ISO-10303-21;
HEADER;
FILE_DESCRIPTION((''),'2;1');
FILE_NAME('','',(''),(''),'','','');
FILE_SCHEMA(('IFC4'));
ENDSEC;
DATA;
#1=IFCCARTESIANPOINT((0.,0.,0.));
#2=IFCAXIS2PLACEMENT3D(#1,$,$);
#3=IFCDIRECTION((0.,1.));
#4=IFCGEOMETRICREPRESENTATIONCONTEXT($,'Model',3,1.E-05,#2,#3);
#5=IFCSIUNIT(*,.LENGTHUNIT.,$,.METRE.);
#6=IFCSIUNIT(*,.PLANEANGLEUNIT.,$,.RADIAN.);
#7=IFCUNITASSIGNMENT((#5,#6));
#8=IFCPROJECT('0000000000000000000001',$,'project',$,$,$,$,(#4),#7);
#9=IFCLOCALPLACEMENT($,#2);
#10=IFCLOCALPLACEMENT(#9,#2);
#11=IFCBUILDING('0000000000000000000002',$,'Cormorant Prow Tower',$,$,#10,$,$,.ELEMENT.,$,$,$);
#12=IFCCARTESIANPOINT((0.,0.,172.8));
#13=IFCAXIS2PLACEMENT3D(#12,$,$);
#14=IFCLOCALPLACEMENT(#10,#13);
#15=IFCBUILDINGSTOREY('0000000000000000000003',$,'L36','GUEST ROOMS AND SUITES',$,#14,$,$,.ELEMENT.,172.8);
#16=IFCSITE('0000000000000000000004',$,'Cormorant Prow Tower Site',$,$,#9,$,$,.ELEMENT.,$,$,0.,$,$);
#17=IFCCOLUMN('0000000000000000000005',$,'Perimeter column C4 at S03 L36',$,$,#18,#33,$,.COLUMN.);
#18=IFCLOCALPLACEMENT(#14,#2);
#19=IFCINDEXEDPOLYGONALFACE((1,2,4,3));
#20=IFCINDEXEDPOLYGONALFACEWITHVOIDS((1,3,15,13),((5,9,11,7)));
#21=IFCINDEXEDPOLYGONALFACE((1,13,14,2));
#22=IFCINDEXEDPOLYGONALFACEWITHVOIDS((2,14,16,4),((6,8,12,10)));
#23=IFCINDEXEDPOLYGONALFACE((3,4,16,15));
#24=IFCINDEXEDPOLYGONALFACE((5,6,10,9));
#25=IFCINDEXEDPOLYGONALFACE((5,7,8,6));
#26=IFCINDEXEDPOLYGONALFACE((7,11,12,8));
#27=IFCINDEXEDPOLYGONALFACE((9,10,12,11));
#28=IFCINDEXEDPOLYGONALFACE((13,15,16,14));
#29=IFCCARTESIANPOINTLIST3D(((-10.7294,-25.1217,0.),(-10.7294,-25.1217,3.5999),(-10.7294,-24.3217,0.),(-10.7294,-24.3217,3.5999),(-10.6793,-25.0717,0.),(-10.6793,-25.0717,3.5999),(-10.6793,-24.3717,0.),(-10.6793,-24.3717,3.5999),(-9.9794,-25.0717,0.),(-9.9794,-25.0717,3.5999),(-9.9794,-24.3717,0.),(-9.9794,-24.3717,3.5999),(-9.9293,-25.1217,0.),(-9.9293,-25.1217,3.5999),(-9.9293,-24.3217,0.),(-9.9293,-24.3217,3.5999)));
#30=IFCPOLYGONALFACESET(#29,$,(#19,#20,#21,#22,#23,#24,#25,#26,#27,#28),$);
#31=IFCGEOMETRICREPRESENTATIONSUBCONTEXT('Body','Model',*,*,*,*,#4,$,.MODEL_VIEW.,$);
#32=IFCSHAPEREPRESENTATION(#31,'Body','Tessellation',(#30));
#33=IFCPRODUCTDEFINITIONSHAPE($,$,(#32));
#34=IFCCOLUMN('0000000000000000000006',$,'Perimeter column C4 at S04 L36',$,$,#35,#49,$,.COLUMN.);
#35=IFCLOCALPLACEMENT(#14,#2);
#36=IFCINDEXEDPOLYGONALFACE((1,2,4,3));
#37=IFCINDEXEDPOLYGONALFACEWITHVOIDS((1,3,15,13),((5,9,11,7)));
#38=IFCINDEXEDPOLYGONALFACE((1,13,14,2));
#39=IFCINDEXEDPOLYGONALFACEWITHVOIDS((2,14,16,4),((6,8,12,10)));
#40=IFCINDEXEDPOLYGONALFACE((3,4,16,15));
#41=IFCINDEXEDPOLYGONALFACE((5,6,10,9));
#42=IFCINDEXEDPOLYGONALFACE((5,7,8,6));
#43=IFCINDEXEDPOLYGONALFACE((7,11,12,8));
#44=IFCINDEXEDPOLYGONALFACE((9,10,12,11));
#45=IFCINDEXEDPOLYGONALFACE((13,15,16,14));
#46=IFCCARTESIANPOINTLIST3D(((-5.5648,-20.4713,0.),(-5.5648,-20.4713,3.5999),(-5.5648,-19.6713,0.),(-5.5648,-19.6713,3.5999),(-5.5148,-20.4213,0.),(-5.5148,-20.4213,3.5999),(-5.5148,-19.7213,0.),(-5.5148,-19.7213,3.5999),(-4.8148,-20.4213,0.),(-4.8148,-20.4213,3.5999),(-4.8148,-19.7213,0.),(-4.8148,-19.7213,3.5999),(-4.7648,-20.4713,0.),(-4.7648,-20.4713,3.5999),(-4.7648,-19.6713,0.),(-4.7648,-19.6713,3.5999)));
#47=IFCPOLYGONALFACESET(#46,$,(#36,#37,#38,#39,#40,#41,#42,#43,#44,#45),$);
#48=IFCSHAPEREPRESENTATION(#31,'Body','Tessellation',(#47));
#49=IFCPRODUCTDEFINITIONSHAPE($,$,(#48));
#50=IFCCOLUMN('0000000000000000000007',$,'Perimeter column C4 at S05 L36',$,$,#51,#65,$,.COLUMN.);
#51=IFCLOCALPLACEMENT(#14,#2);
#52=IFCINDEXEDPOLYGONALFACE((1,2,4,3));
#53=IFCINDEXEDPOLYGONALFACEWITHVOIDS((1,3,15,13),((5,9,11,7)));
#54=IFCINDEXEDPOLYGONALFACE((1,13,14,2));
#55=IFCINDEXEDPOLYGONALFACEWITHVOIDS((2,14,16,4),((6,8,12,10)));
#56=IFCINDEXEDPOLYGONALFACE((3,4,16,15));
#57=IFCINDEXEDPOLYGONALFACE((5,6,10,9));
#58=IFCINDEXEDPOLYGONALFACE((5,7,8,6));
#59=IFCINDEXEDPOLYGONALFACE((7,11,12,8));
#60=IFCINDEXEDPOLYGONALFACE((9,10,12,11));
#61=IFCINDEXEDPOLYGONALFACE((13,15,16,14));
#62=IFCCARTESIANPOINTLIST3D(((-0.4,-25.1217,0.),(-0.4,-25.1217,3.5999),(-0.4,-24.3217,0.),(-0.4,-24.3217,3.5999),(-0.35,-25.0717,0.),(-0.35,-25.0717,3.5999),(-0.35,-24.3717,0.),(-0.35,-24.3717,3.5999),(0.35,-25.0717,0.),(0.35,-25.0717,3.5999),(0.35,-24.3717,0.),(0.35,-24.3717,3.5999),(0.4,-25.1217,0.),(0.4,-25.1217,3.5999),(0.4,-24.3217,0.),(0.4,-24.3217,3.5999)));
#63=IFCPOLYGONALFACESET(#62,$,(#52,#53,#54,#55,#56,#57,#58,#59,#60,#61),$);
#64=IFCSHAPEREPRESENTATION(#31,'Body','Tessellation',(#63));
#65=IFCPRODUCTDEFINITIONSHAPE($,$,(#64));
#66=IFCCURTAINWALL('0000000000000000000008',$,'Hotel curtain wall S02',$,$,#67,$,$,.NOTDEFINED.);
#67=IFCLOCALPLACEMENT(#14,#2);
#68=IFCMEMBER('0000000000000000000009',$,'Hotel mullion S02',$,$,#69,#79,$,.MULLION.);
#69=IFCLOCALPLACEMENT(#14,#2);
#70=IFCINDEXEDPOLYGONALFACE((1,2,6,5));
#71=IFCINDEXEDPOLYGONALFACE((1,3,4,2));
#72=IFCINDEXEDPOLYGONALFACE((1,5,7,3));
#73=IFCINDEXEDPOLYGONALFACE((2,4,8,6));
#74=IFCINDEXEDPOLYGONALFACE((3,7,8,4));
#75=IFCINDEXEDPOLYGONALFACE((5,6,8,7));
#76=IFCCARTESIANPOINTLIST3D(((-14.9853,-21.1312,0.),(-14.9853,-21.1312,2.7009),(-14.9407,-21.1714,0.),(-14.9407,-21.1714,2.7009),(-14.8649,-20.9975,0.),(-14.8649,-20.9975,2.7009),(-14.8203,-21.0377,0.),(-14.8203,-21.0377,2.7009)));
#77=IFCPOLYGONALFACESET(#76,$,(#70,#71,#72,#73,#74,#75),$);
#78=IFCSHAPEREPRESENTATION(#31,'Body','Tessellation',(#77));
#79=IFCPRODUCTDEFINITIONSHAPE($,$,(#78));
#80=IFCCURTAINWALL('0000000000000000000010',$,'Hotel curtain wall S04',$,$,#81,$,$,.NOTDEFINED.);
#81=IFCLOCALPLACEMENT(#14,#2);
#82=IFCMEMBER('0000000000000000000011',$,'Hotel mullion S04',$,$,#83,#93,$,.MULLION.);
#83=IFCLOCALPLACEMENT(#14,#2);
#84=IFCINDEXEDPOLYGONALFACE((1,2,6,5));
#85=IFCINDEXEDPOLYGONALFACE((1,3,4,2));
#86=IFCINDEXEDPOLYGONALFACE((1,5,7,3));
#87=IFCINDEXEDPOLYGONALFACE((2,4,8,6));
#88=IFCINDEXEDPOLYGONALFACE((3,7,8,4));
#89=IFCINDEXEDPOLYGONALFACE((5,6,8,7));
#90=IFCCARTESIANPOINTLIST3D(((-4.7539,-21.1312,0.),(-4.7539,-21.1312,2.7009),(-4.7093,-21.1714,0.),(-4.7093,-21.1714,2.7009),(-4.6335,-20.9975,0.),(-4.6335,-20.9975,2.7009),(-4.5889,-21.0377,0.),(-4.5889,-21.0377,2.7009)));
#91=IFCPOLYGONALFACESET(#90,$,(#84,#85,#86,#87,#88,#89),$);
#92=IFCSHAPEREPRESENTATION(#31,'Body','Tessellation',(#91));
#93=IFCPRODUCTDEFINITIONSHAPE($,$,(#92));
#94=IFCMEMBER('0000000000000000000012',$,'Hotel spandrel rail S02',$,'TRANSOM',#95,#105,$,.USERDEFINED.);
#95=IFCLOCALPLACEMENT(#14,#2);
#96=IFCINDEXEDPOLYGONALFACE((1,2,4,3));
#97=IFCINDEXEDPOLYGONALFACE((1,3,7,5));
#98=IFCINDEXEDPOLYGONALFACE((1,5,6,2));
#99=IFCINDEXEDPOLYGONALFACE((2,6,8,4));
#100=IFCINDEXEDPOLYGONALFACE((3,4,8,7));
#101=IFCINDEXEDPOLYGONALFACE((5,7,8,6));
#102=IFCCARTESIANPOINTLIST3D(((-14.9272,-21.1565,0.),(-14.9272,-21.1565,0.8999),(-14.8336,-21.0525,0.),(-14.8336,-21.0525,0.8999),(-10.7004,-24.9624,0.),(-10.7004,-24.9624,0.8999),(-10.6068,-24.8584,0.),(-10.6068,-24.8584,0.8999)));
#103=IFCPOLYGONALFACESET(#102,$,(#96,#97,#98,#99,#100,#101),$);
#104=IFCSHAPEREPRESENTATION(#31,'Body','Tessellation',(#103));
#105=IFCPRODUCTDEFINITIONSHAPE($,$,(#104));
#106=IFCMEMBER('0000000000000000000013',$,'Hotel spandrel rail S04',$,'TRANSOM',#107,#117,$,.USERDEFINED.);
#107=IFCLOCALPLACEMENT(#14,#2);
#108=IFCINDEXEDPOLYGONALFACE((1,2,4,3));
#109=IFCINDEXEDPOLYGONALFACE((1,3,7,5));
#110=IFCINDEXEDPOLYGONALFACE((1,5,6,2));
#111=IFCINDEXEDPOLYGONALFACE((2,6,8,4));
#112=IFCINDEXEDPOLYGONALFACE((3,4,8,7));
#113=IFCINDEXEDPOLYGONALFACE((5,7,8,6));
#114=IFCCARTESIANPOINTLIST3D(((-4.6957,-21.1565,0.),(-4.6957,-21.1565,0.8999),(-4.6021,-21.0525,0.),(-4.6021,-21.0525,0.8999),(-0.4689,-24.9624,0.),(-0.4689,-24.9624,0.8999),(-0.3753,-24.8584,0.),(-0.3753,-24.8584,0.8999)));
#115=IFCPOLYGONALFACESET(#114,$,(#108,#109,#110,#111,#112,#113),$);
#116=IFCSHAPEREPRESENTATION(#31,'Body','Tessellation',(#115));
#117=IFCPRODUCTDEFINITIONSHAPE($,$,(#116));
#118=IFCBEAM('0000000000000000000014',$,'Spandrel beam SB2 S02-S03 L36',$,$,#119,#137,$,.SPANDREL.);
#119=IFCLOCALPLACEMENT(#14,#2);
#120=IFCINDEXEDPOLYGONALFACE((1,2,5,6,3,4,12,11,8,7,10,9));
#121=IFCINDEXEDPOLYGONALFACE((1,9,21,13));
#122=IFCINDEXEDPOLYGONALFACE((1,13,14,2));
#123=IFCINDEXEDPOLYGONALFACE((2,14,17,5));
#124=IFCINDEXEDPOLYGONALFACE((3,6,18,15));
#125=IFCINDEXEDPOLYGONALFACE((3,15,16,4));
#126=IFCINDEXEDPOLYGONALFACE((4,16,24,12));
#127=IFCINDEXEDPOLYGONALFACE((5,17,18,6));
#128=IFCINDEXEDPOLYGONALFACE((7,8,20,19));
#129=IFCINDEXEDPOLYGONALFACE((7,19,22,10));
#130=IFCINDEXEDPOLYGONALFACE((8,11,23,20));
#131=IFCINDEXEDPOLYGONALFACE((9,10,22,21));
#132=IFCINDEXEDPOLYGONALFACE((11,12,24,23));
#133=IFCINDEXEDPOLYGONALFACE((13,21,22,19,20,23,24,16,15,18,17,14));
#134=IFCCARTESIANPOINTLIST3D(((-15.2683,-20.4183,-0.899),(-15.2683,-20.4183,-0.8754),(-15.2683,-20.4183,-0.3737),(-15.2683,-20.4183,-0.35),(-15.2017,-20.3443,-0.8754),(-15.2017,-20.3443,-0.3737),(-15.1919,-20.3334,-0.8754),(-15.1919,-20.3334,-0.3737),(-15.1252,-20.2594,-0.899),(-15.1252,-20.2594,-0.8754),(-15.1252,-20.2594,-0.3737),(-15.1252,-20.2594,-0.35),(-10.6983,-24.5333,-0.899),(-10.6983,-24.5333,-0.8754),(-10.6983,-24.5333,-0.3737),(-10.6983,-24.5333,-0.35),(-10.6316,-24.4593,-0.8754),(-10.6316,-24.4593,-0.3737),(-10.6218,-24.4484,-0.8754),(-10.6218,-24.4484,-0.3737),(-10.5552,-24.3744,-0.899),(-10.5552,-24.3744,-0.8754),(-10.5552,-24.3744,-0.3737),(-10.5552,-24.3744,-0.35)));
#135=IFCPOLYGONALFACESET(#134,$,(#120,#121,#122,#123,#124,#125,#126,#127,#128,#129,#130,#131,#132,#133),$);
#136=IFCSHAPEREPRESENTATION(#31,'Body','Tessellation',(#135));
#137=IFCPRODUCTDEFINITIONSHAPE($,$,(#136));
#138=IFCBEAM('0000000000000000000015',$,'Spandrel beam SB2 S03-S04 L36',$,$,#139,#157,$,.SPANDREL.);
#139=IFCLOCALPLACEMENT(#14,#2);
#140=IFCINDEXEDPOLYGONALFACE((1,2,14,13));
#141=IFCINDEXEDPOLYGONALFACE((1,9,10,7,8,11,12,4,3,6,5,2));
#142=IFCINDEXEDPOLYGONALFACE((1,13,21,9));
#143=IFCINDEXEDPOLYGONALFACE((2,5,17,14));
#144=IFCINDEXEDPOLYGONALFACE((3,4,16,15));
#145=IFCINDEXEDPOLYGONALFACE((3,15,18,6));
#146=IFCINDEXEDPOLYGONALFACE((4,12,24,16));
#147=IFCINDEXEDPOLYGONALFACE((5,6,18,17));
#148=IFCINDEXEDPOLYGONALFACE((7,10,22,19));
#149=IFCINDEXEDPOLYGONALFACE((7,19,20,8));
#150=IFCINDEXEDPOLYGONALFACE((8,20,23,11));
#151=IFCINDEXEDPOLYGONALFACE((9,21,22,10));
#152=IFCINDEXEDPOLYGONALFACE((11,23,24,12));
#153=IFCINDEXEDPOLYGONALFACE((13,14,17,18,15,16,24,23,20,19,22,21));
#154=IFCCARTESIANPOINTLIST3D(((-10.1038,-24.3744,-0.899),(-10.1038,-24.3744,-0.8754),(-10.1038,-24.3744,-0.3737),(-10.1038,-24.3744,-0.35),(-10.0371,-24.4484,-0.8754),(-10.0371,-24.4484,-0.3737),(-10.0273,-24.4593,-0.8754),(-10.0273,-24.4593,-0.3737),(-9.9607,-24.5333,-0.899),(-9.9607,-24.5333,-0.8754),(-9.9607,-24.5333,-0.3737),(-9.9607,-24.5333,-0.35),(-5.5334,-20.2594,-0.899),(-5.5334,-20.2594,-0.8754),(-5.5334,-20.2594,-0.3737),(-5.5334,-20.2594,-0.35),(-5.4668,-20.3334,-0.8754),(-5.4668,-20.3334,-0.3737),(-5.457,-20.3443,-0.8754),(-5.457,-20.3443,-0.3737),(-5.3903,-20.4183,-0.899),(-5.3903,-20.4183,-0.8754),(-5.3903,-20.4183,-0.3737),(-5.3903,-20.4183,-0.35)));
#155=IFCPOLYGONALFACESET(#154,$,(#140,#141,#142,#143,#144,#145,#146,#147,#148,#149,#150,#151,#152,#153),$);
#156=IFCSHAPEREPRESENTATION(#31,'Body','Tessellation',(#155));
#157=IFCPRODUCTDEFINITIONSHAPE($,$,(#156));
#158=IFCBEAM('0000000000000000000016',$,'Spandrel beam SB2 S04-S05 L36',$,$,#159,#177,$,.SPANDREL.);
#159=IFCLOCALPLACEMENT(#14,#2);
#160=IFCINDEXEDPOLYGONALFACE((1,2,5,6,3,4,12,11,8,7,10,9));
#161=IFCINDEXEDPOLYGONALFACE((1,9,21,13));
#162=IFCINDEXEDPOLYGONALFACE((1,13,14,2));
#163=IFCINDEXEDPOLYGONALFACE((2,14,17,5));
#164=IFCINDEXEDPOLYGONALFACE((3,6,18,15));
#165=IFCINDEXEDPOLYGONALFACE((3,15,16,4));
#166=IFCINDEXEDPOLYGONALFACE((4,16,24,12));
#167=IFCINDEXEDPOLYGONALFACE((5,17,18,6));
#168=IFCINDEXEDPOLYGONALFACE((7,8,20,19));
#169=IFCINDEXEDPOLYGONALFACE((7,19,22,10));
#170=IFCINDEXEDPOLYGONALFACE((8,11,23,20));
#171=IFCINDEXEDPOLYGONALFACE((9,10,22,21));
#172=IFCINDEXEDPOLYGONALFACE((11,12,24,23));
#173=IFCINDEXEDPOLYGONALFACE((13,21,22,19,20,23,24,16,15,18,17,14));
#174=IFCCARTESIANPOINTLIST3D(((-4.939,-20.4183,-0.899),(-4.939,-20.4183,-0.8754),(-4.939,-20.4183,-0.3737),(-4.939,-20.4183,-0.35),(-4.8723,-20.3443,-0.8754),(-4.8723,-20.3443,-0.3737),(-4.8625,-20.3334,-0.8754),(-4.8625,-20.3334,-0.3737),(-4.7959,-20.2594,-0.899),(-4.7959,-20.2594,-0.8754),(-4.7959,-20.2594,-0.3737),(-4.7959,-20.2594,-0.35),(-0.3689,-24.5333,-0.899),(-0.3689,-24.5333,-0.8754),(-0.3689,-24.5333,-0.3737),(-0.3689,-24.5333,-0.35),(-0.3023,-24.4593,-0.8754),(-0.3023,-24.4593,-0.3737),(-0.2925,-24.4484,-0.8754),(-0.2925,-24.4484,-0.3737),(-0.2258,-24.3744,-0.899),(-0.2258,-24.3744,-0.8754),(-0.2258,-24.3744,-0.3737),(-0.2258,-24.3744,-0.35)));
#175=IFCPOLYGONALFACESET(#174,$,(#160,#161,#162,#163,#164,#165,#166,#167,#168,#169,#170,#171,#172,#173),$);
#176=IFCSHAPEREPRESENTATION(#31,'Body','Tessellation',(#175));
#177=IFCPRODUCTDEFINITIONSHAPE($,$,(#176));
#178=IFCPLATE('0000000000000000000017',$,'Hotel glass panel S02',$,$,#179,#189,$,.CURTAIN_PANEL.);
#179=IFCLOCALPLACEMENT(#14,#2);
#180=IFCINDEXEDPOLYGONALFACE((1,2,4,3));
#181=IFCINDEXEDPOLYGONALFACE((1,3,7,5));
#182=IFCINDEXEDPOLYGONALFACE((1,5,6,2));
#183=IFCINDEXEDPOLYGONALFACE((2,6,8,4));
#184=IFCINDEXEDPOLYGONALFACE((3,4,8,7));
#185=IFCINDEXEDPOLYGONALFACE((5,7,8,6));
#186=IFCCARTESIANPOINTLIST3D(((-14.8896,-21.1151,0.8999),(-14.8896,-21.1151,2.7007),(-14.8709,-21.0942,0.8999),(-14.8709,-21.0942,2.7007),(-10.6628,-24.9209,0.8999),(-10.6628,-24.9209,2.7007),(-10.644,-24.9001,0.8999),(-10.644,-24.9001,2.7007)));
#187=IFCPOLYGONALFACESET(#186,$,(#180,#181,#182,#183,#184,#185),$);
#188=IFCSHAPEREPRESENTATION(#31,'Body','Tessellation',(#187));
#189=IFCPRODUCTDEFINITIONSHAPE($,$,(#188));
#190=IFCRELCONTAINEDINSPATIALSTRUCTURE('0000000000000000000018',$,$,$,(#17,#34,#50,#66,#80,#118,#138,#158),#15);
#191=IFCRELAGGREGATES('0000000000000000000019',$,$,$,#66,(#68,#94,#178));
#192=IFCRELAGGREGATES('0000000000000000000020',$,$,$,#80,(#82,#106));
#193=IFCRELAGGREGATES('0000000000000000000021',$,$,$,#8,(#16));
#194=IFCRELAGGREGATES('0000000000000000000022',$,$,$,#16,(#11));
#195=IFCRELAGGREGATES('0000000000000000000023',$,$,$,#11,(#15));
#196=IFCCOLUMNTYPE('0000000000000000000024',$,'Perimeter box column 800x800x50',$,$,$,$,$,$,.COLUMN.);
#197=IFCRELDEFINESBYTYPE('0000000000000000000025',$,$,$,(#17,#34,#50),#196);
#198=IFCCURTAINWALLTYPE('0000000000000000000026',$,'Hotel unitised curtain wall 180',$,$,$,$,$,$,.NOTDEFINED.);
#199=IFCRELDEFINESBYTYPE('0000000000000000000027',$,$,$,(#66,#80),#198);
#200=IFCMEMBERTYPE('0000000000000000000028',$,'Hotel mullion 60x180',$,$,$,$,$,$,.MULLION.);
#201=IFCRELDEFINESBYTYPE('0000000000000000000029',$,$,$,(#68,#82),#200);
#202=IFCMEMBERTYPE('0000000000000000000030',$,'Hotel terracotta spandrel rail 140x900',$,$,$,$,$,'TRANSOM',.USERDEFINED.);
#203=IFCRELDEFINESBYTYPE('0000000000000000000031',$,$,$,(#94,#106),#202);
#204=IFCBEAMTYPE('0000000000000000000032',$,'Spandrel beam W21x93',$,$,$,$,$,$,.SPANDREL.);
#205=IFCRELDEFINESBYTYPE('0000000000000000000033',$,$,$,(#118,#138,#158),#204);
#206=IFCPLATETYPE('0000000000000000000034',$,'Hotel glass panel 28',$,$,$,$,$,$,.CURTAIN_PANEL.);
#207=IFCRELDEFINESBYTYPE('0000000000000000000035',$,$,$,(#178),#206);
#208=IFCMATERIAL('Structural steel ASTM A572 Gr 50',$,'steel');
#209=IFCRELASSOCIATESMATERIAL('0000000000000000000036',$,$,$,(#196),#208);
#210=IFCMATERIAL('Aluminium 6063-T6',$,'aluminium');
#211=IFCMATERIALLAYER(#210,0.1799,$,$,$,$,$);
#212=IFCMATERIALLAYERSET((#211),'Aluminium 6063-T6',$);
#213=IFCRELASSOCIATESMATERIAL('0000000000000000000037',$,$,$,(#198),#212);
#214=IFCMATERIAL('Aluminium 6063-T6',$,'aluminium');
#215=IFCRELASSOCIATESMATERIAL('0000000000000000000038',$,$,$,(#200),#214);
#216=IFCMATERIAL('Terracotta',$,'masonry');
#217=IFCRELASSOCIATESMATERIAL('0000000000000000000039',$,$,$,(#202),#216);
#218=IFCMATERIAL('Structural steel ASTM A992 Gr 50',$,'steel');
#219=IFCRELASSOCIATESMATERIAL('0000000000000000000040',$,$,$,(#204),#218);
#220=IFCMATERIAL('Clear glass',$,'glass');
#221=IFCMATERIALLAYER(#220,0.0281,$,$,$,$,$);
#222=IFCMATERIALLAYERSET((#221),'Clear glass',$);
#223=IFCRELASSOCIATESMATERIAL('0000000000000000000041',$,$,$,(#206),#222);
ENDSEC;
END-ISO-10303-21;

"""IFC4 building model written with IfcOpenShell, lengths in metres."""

from ifc_helpers import new_model, si_unit, direction, frame, origin, origin_2d, place, context, subcontext, project, spatial, rectangle, hollow_rectangle, i_section, extrude, material, layer, layer_set, material_profile, profile_set, type_object, element, aggregate, save


model = new_model("IFC4")

# Units and contexts
model_context = context("Model", 3, precision=1e-05, world=origin(), true_north=direction((0.0, 1.0)))
body_context = subcontext(model_context, "Body", "Model", "MODEL_VIEW")
ifc_project = project(units=[si_unit("LENGTHUNIT", "METRE"), si_unit("PLANEANGLEUNIT", "RADIAN")], contexts=[model_context])

# Site, building, storey
site_placement = place(None, origin())
site = spatial("IfcSite", under=ifc_project, at=site_placement, Name="Cormorant Prow Tower Site", CompositionType="ELEMENT", RefElevation=0.0)
building_placement = place(site_placement, origin())
building = spatial("IfcBuilding", under=site, at=building_placement, Name="Cormorant Prow Tower", CompositionType="ELEMENT")
storey_placement = place(building_placement, frame((0.0, 0.0, 172.8)))
storey = spatial("IfcBuildingStorey", under=building, at=storey_placement, Name="L36", Description="GUEST ROOMS AND SUITES", CompositionType="ELEMENT", Elevation=172.8)

# Columns
ifc_material_1 = material(Name="Structural steel ASTM A572 Gr 50", Category="steel")
ifc_material_profile_1 = material_profile(ifc_material_1, hollow_rectangle(XDim=0.8, YDim=0.8, WallThickness=0.05, at=origin_2d()), Name="Box 800x800x50")
ifc_profile_set_1 = profile_set([ifc_material_profile_1], Name="Structural steel ASTM A572 Gr 50")
column_type = type_object("IfcColumnType", Name="Perimeter box column 800x800x50", PredefinedType="COLUMN", material=ifc_profile_set_1)
for number, where, z_axis, x_axis, name in (
    (1, (-10.3293, -24.7217, 0.0), (0.0, 0.0, 1.0), (1.0, 0.0, 0.0), "Perimeter column C4 at S03 L36"),
    (2, (-5.1648, -20.0713, 0.0), (0.0, 0.0, 1.0), (1.0, 0.0, 0.0), "Perimeter column C4 at S04 L36"),
    (3, (0.0, -24.7217, 0.0), (0.0, 0.0, 1.0), (1.0, 0.0, 0.0), "Perimeter column C4 at S05 L36"),
):
    element("IfcColumn", number, at=place(storey_placement, frame(where, z_axis=z_axis, x_axis=x_axis)), inside=storey, type_object=column_type, Name=name, PredefinedType="COLUMN", context=body_context, shape_type="SweptSolid", body=[
        extrude(hollow_rectangle(XDim=0.8, YDim=0.8, WallThickness=0.05, at=origin_2d()), origin(), (0.0, 0.0, 1.0), 3.5999),
    ])

# Curtain walls, members
ifc_material_2 = material(Name="Aluminium 6063-T6", Category="aluminium")
ifc_layer_1 = layer(ifc_material_2, 0.1799)
ifc_layer_set_1 = layer_set([ifc_layer_1], Name="Aluminium 6063-T6")
curtain_wall_type = type_object("IfcCurtainWallType", Name="Hotel unitised curtain wall 180", PredefinedType="NOTDEFINED", material=ifc_layer_set_1)
curtain_wall_1_placement = place(storey_placement, origin())
curtain_wall_1 = element("IfcCurtainWall", 4, at=curtain_wall_1_placement, inside=storey, type_object=curtain_wall_type, Name="Hotel curtain wall S02", PredefinedType="NOTDEFINED")
ifc_material_3 = material(Name="Aluminium 6063-T6", Category="aluminium")
ifc_material_profile_2 = material_profile(ifc_material_3, rectangle(XDim=0.1799, YDim=0.0601, at=origin_2d()), Name="Hotel mullion 60x180")
ifc_profile_set_2 = profile_set([ifc_material_profile_2], Name="Aluminium 6063-T6")
member_type_1 = type_object("IfcMemberType", Name="Hotel mullion 60x180", PredefinedType="MULLION", material=ifc_profile_set_2)
member_1_placement = place(storey_placement, frame((-14.9028, -21.0845, 0.0), z_axis=(0.0, 0.0, 1.0), x_axis=(0.669131, 0.743145, 0.0)))
member_1 = element("IfcMember", 5, at=member_1_placement, type_object=member_type_1, Name="Hotel mullion S02", PredefinedType="MULLION", context=body_context, shape_type="SweptSolid", body=[
    extrude(rectangle(XDim=0.1799, YDim=0.0601, at=origin_2d()), origin(), (0.0, 0.0, 1.0), 2.7009),
])
curtain_wall_2_placement = place(storey_placement, origin())
curtain_wall_2 = element("IfcCurtainWall", 6, at=curtain_wall_2_placement, inside=storey, type_object=curtain_wall_type, Name="Hotel curtain wall S04", PredefinedType="NOTDEFINED")
member_2_placement = place(storey_placement, frame((-4.6714, -21.0845, 0.0), z_axis=(0.0, 0.0, 1.0), x_axis=(0.669131, 0.743145, 0.0)))
member_2 = element("IfcMember", 7, at=member_2_placement, type_object=member_type_1, Name="Hotel mullion S04", PredefinedType="MULLION", context=body_context, shape_type="SweptSolid", body=[
    extrude(rectangle(XDim=0.1799, YDim=0.0601, at=origin_2d()), origin(), (0.0, 0.0, 1.0), 2.7009),
])

# Members
ifc_material_4 = material(Name="Terracotta", Category="masonry")
ifc_material_profile_3 = material_profile(ifc_material_4, rectangle(XDim=0.1399, YDim=0.8999, at=origin_2d()), Name="Hotel terracotta spandrel rail 140x900")
ifc_profile_set_3 = profile_set([ifc_material_profile_3], Name="Terracotta")
member_type_2 = type_object("IfcMemberType", Name="Hotel terracotta spandrel rail 140x900", ElementType="TRANSOM", PredefinedType="USERDEFINED", material=ifc_profile_set_3)
member_3_placement = place(storey_placement, frame((-14.8804, -21.1045, 0.45), z_axis=(0.743138, -0.669138, 0.0), x_axis=(0.669138, 0.743138, 0.0)))
member_3 = element("IfcMember", 8, at=member_3_placement, type_object=member_type_2, Name="Hotel spandrel rail S02", ObjectType="TRANSOM", PredefinedType="USERDEFINED", context=body_context, shape_type="SweptSolid", body=[
    extrude(rectangle(XDim=0.1399, YDim=0.8999, at=origin_2d()), origin(), (0.0, 0.0, 1.0), 5.6877),
])
member_4_placement = place(storey_placement, frame((-4.6489, -21.1045, 0.45), z_axis=(0.743138, -0.669138, 0.0), x_axis=(0.669138, 0.743138, 0.0)))
member_4 = element("IfcMember", 9, at=member_4_placement, type_object=member_type_2, Name="Hotel spandrel rail S04", ObjectType="TRANSOM", PredefinedType="USERDEFINED", context=body_context, shape_type="SweptSolid", body=[
    extrude(rectangle(XDim=0.1399, YDim=0.8999, at=origin_2d()), origin(), (0.0, 0.0, 1.0), 5.6877),
])

# Beams
ifc_material_5 = material(Name="Structural steel ASTM A992 Gr 50", Category="steel")
ifc_material_profile_4 = material_profile(ifc_material_5, i_section(OverallWidth=0.2139, OverallDepth=0.5491, WebThickness=0.0146, FlangeThickness=0.0237, at=origin_2d()), Name="W21x93")
ifc_profile_set_4 = profile_set([ifc_material_profile_4], Name="Structural steel ASTM A992 Gr 50")
beam_type = type_object("IfcBeamType", Name="Spandrel beam W21x93", PredefinedType="SPANDREL", material=ifc_profile_set_4)
beam_1_placement = place(storey_placement, frame((-15.1968, -20.3389, -0.6245), z_axis=(0.743138, -0.669138, 0.0), x_axis=(0.669138, 0.743138, 0.0)))
element("IfcBeam", 10, at=beam_1_placement, inside=storey, type_object=beam_type, Name="Spandrel beam SB2 S02-S03 L36", PredefinedType="SPANDREL", context=body_context, shape_type="SweptSolid", body=[
    extrude(i_section(OverallWidth=0.2139, OverallDepth=0.5491, WebThickness=0.0146, FlangeThickness=0.0237, at=origin_2d()), origin(), (0.0, 0.0, 1.0), 6.1497),
])
beam_2_placement = place(storey_placement, frame((-10.0322, -24.4539, -0.6245), z_axis=(0.743156, 0.669118, 0.0), x_axis=(-0.669118, 0.743156, 0.0)))
element("IfcBeam", 11, at=beam_2_placement, inside=storey, type_object=beam_type, Name="Spandrel beam SB2 S03-S04 L36", PredefinedType="SPANDREL", context=body_context, shape_type="SweptSolid", body=[
    extrude(i_section(OverallWidth=0.2139, OverallDepth=0.5491, WebThickness=0.0146, FlangeThickness=0.0237, at=origin_2d()), origin(), (0.0, 0.0, 1.0), 6.1499),
])
beam_3_placement = place(storey_placement, frame((-4.8674, -20.3389, -0.6245), z_axis=(0.743138, -0.669138, 0.0), x_axis=(0.669138, 0.743138, 0.0)))
element("IfcBeam", 12, at=beam_3_placement, inside=storey, type_object=beam_type, Name="Spandrel beam SB2 S04-S05 L36", PredefinedType="SPANDREL", context=body_context, shape_type="SweptSolid", body=[
    extrude(i_section(OverallWidth=0.2139, OverallDepth=0.5491, WebThickness=0.0146, FlangeThickness=0.0237, at=origin_2d()), origin(), (0.0, 0.0, 1.0), 6.1497),
])

# Plate
ifc_material_6 = material(Name="Clear glass", Category="glass")
ifc_layer_2 = layer(ifc_material_6, 0.0281)
ifc_layer_set_2 = layer_set([ifc_layer_2], Name="Clear glass")
plate_type = type_object("IfcPlateType", Name="Hotel glass panel 28", PredefinedType="CURTAIN_PANEL", material=ifc_layer_set_2)
plate_1_placement = place(storey_placement, frame((-12.7668, -23.0076, 0.8999), z_axis=(0.0, 0.0, 1.0), x_axis=(0.743145, -0.669131, 0.0)))
plate_1 = element("IfcPlate", 13, at=plate_1_placement, type_object=plate_type, Name="Hotel glass panel S02", PredefinedType="CURTAIN_PANEL", context=body_context, shape_type="SweptSolid", body=[
    extrude(rectangle(XDim=5.6877, YDim=0.0281, at=origin_2d()), origin(), (0.0, 0.0, 1.0), 1.8008),
])
aggregate(curtain_wall_1, [member_1, member_3, plate_1])
aggregate(curtain_wall_2, [member_2, member_4])

save(model, "model.ifc")
